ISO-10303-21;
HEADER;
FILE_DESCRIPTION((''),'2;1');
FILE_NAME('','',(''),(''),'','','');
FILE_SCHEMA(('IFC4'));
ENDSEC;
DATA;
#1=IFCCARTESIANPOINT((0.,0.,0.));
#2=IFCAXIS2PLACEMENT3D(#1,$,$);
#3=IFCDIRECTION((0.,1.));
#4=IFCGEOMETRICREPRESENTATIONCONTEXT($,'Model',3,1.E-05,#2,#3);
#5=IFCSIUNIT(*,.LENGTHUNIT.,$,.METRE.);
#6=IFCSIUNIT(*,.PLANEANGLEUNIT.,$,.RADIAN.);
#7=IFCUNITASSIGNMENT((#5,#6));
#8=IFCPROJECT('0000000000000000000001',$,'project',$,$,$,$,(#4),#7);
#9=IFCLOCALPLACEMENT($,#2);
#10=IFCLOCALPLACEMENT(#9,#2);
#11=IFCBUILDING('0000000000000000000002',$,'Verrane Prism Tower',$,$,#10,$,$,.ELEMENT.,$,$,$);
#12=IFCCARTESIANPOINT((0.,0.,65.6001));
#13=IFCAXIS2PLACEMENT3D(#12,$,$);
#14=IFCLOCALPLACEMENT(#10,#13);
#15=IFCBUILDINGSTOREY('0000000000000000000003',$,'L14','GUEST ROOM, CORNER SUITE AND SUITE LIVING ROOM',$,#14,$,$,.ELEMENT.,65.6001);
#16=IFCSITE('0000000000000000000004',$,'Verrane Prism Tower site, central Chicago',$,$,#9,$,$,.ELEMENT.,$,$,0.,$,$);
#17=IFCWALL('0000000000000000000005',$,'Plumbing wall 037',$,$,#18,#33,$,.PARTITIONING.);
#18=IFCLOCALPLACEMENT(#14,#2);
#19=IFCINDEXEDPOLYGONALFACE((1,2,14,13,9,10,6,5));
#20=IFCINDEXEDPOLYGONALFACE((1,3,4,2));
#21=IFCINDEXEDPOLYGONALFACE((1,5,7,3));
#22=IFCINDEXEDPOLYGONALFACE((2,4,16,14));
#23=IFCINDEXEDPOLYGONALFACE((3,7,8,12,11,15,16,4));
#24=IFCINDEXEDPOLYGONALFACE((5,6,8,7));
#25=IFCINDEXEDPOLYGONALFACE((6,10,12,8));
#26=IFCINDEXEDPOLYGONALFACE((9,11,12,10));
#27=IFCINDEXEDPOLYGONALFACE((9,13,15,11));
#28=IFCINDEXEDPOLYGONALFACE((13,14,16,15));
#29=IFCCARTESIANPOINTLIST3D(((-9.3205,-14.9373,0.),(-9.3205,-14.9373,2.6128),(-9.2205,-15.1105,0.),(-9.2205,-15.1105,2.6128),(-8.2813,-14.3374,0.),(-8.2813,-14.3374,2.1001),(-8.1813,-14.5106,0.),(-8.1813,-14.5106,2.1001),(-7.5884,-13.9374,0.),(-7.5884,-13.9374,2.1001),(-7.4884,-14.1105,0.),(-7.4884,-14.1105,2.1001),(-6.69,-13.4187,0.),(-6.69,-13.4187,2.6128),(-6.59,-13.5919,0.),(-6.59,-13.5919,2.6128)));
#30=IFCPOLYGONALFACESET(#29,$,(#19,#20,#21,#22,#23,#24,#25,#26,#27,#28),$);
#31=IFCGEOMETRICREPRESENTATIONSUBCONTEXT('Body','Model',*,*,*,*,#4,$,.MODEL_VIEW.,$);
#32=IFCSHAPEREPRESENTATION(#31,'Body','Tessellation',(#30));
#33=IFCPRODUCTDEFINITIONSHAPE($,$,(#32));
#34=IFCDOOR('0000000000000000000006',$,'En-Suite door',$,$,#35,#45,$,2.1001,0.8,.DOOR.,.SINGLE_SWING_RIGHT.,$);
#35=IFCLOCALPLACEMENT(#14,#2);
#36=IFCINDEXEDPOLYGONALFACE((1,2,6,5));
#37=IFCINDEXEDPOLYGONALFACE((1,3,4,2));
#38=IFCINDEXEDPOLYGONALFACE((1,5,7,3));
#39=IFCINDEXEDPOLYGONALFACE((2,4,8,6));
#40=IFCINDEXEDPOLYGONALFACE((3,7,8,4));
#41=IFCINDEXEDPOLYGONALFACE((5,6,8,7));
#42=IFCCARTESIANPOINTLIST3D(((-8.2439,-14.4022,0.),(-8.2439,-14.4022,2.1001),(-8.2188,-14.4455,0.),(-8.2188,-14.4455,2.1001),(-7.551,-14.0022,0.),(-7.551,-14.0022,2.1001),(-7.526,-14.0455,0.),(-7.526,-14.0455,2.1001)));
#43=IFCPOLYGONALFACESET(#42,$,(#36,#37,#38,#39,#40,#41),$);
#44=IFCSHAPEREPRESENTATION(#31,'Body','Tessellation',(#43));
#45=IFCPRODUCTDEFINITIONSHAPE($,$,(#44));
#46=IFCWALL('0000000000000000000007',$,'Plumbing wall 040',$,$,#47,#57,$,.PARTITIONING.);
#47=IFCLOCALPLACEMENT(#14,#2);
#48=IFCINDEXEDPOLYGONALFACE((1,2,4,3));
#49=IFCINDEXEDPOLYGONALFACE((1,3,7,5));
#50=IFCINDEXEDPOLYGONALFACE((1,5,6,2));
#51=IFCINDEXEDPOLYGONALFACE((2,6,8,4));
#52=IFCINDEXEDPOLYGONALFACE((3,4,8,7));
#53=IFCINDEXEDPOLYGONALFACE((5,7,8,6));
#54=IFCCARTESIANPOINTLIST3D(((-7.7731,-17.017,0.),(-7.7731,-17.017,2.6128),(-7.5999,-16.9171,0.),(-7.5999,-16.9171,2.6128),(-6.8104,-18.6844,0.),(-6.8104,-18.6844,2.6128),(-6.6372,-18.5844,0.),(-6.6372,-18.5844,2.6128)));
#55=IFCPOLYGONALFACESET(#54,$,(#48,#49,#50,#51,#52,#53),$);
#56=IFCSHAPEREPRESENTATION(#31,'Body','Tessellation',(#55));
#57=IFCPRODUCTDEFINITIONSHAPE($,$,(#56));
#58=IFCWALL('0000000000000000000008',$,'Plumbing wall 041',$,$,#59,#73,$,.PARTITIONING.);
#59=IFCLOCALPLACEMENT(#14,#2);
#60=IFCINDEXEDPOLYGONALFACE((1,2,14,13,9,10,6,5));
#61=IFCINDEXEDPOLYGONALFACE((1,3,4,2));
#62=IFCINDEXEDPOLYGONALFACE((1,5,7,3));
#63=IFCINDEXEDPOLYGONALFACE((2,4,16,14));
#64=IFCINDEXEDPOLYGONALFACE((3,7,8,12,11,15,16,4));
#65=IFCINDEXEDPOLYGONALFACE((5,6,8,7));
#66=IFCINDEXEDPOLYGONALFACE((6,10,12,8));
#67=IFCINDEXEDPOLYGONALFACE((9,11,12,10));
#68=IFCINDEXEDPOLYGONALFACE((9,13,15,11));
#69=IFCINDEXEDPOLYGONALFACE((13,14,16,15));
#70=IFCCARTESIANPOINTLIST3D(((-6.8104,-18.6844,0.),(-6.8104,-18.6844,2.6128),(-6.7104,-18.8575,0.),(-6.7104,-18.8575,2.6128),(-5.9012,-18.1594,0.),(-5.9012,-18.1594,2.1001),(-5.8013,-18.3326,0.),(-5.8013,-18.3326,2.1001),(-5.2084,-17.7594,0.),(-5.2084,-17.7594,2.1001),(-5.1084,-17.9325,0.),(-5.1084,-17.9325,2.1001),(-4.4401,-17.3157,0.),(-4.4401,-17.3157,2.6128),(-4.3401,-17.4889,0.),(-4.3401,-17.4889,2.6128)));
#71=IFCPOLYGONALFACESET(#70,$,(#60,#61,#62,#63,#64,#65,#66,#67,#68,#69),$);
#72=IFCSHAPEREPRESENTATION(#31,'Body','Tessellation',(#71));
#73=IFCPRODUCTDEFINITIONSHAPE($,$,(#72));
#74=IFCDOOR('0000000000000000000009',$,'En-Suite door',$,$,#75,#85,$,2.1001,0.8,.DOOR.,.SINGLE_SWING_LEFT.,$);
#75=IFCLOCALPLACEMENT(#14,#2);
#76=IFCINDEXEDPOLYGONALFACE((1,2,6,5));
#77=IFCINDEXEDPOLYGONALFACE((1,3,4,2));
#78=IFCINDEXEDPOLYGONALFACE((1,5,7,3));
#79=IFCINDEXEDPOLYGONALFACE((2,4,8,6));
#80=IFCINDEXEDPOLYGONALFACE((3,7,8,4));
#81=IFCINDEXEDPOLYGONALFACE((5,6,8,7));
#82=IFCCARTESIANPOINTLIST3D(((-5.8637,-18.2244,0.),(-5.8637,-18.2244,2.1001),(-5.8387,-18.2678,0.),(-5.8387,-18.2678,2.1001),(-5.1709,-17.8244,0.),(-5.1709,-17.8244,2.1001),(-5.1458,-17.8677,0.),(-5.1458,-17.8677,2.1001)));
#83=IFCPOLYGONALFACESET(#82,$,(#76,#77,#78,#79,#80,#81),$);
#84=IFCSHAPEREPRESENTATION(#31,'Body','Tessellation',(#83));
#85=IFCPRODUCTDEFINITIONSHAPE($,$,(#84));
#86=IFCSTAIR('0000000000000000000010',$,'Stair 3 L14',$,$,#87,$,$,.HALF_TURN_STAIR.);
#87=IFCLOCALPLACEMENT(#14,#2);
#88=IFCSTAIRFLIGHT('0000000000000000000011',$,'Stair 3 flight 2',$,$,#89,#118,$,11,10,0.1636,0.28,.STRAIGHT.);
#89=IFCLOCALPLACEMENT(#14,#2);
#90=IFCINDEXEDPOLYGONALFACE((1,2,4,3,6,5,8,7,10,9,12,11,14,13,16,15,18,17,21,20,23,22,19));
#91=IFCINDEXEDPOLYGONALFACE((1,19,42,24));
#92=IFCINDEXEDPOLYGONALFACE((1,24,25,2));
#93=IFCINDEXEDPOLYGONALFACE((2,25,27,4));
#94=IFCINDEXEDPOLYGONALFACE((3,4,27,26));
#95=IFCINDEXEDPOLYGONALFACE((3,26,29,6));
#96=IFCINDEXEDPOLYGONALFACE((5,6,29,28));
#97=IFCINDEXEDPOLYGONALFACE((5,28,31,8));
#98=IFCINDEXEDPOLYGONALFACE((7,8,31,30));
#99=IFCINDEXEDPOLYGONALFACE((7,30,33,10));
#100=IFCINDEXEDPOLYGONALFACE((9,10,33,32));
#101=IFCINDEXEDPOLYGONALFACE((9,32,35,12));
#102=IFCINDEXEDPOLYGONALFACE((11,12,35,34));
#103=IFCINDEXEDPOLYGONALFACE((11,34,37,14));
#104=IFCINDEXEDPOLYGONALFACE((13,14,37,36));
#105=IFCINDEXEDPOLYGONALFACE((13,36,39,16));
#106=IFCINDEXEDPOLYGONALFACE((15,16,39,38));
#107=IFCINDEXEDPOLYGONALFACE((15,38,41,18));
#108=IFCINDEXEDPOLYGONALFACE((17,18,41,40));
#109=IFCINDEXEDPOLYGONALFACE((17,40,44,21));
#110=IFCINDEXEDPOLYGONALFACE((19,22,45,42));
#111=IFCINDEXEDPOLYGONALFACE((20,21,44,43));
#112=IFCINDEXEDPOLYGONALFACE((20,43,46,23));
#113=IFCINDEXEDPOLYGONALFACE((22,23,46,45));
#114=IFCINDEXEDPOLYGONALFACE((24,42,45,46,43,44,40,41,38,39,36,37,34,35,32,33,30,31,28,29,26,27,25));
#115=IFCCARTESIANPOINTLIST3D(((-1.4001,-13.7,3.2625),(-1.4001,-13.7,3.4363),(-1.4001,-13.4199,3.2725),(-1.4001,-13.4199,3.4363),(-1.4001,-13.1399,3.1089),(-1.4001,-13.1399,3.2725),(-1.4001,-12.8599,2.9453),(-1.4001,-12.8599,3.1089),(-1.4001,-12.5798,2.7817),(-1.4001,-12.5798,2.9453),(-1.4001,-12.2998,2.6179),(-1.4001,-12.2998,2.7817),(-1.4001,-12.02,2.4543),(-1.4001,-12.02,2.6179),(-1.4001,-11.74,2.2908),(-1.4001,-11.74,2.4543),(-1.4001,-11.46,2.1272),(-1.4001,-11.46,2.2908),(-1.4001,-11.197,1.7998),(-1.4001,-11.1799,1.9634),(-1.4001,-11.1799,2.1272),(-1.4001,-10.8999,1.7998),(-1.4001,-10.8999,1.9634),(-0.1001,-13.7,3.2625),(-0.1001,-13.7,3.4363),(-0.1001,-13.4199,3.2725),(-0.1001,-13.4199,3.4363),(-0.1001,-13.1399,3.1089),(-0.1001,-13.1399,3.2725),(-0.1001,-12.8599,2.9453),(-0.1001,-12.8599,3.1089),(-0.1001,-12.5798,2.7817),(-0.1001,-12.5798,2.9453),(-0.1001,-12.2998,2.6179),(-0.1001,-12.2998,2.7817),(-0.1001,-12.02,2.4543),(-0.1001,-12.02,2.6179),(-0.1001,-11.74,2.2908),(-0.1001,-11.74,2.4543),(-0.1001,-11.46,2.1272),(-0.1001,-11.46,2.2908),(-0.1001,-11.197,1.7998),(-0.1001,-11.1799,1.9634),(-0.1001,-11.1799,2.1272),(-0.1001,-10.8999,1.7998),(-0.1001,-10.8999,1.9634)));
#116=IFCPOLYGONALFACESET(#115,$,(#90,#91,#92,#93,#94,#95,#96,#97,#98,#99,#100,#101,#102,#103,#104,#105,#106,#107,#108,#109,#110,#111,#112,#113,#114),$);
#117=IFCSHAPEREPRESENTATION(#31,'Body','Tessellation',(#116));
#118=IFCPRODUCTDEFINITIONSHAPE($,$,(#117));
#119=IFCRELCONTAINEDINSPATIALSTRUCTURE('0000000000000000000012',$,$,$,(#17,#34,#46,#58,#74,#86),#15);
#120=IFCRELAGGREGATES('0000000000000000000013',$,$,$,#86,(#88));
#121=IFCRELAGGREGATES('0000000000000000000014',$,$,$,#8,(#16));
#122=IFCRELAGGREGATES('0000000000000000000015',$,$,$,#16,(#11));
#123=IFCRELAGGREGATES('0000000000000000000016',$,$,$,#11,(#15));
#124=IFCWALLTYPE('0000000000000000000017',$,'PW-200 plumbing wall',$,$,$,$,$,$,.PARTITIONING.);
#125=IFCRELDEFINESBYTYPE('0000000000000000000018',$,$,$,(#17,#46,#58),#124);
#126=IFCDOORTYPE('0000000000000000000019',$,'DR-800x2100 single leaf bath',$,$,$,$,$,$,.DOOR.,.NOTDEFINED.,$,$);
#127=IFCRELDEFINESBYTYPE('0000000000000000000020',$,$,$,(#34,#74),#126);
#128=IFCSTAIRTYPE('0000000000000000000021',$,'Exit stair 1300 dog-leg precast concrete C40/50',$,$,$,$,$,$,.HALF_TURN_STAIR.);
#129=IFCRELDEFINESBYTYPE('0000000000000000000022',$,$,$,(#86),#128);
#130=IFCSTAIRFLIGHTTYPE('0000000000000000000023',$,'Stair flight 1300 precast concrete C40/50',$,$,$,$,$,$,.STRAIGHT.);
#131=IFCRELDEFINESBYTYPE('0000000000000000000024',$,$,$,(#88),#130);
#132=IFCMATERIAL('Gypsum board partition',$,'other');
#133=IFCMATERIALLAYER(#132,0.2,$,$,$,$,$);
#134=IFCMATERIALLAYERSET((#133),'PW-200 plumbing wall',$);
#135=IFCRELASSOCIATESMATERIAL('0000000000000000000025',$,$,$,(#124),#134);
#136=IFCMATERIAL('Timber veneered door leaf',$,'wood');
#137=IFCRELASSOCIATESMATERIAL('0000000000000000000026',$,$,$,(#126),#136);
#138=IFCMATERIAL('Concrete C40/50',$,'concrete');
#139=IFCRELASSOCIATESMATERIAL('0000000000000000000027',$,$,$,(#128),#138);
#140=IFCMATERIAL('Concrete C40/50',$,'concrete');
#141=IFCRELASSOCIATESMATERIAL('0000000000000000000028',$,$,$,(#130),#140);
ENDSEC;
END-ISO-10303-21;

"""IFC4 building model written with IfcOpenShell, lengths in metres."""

from ifc_helpers import new_model, si_unit, direction, frame, frame_2d, origin, place, context, subcontext, project, spatial, polyline, rectangle, outline, extrude, material, layer, layer_set, type_object, element, fill, aggregate, save


model = new_model("IFC4")

# Units and contexts
model_context = context("Model", 3, precision=1e-05, world=origin(), true_north=direction((0.0, 1.0)))
body_context = subcontext(model_context, "Body", "Model", "MODEL_VIEW")
ifc_project = project(units=[si_unit("LENGTHUNIT", "METRE"), si_unit("PLANEANGLEUNIT", "RADIAN")], contexts=[model_context])

# Site, building, storey
site_placement = place(None, origin())
site = spatial("IfcSite", under=ifc_project, at=site_placement, Name="Verrane Prism Tower site, central Chicago", CompositionType="ELEMENT", RefElevation=0.0)
building_placement = place(site_placement, origin())
building = spatial("IfcBuilding", under=site, at=building_placement, Name="Verrane Prism Tower", CompositionType="ELEMENT")
storey_placement = place(building_placement, frame((0.0, 0.0, 65.6001)))
storey = spatial("IfcBuildingStorey", under=building, at=storey_placement, Name="L14", Description="GUEST ROOM, CORNER SUITE AND SUITE LIVING ROOM", CompositionType="ELEMENT", Elevation=65.6001)

# Shared definitions
ifc_material_1 = material(Name="Gypsum board partition", Category="other")
ifc_layer_1 = layer(ifc_material_1, 0.2)
ifc_layer_set_1 = layer_set([ifc_layer_1], Name="PW-200 plumbing wall")
wall_type_1 = type_object("IfcWallType", Name="PW-200 plumbing wall", PredefinedType="PARTITIONING", material=ifc_layer_set_1)

# Wall, opening, door
wall_1_placement = place(storey_placement, frame((-6.6401, -13.5054, 0.0), z_axis=(0.0, 0.0, 1.0), x_axis=(-0.866038, -0.499978, 0.0)))
wall_1 = element("IfcWall", 1, at=wall_1_placement, inside=storey, type_object=wall_type_1, Name="Plumbing wall 037", PredefinedType="PARTITIONING", context=body_context, shape_type="SweptSolid", body=[
    extrude(rectangle(XDim=3.0374, YDim=0.2, at=frame_2d((1.5186, 0.0))), origin(), (0.0, 0.0, 1.0), 2.6128),
])
opening_1_placement = place(wall_1_placement, frame((1.0374, 0.0, 0.0)))
opening_1 = element("IfcOpeningElement", 2, at=opening_1_placement, cuts=wall_1, PredefinedType="OPENING", context=body_context, shape_type="SweptSolid", body=[
    extrude(rectangle(XDim=0.8, YDim=2.1001, at=frame_2d((0.3999, 1.05))), frame((0.0, 0.1099, 0.0), z_axis=(0.0, -1.0, 0.0), x_axis=(1.0, 0.0, 0.0)), (0.0, 0.0, 1.0), 0.22),
])
ifc_material_2 = material(Name="Timber veneered door leaf", Category="wood")
door_type_1 = type_object("IfcDoorType", Name="DR-800x2100 single leaf bath", OperationType="NOTDEFINED", PredefinedType="DOOR", material=ifc_material_2)
door_1_placement = place(opening_1_placement, origin())
door_1 = element("IfcDoor", 3, at=door_1_placement, inside=storey, type_object=door_type_1, Name="En-Suite door", OperationType="SINGLE_SWING_RIGHT", OverallHeight=2.1001, OverallWidth=0.8, PredefinedType="DOOR", context=body_context, shape_type="SweptSolid", body=[
    extrude(rectangle(XDim=0.8, YDim=2.1001, at=frame_2d((0.3999, 1.05))), frame((0.0, 0.0249, 0.0), z_axis=(0.0, -1.0, 0.0), x_axis=(1.0, 0.0, 0.0)), (0.0, 0.0, 1.0), 0.05),
])
fill(opening_1, door_1)

# Wall
wall_2_placement = place(storey_placement, frame((-7.6865, -16.967, 0.0), z_axis=(0.0, 0.0, 1.0), x_axis=(0.500026, -0.86601, 0.0)))
element("IfcWall", 4, at=wall_2_placement, inside=storey, type_object=wall_type_1, Name="Plumbing wall 040", PredefinedType="PARTITIONING", context=body_context, shape_type="SweptSolid", body=[
    extrude(rectangle(XDim=1.9253, YDim=0.2, at=frame_2d((0.9626, 0.0))), origin(), (0.0, 0.0, 1.0), 2.6128),
])

# Wall, opening, door
wall_3_placement = place(storey_placement, frame((-6.7605, -18.771, 0.0), z_axis=(0.0, 0.0, 1.0), x_axis=(0.866006, 0.500034, 0.0)))
wall_3 = element("IfcWall", 5, at=wall_3_placement, inside=storey, type_object=wall_type_1, Name="Plumbing wall 041", PredefinedType="PARTITIONING", context=body_context, shape_type="SweptSolid", body=[
    extrude(rectangle(XDim=2.7371, YDim=0.2, at=frame_2d((1.3687, 0.0))), origin(), (0.0, 0.0, 1.0), 2.6128),
])
opening_2_placement = place(wall_3_placement, frame((1.05, 0.0, 0.0)))
opening_2 = element("IfcOpeningElement", 6, at=opening_2_placement, cuts=wall_3, PredefinedType="OPENING", context=body_context, shape_type="SweptSolid", body=[
    extrude(rectangle(XDim=0.8, YDim=2.1001, at=frame_2d((0.3999, 1.05))), frame((0.0, 0.1099, 0.0), z_axis=(0.0, -1.0, 0.0), x_axis=(1.0, 0.0, 0.0)), (0.0, 0.0, 1.0), 0.22),
])
door_2_placement = place(opening_2_placement, origin())
door_2 = element("IfcDoor", 7, at=door_2_placement, inside=storey, type_object=door_type_1, Name="En-Suite door", OperationType="SINGLE_SWING_LEFT", OverallHeight=2.1001, OverallWidth=0.8, PredefinedType="DOOR", context=body_context, shape_type="SweptSolid", body=[
    extrude(rectangle(XDim=0.8, YDim=2.1001, at=frame_2d((0.3999, 1.05))), frame((0.0, 0.0249, 0.0), z_axis=(0.0, -1.0, 0.0), x_axis=(1.0, 0.0, 0.0)), (0.0, 0.0, 1.0), 0.05),
])
fill(opening_2, door_2)

# Stair, stair flight
ifc_material_3 = material(Name="Concrete C40/50", Category="concrete")
stair_type = type_object("IfcStairType", Name="Exit stair 1300 dog-leg precast concrete C40/50", PredefinedType="HALF_TURN_STAIR", material=ifc_material_3)
stair_placement = place(storey_placement, origin())
stair = element("IfcStair", 8, at=stair_placement, inside=storey, type_object=stair_type, Name="Stair 3 L14", PredefinedType="HALF_TURN_STAIR")
ifc_material_4 = material(Name="Concrete C40/50", Category="concrete")
stair_flight_type = type_object("IfcStairFlightType", Name="Stair flight 1300 precast concrete C40/50", PredefinedType="STRAIGHT", material=ifc_material_4)
stair_flight_placement = place(storey_placement, frame((-0.75, -10.8999, 1.7998), z_axis=(0.0, 0.0, 1.0), x_axis=(0.0, -1.0, 0.0)))
stair_flight = element("IfcStairFlight", 9, at=stair_flight_placement, type_object=stair_flight_type, Name="Stair 3 flight 2", NumberOfRisers=11, NumberOfTreads=10, PredefinedType="STRAIGHT", RiserHeight=0.1636, TreadLength=0.28, context=body_context, shape_type="SweptSolid", body=[
    extrude(outline(polyline([(0.0, 0.0), (0.0, 0.1636), (0.28, 0.1636), (0.28, 0.3274), (0.5601, 0.3274), (0.5601, 0.491), (0.8401, 0.491), (0.8401, 0.6545), (1.1201, 0.6545), (1.1201, 0.8181), (1.3999, 0.8181), (1.3999, 0.9819), (1.6799, 0.9819), (1.6799, 1.1455), (1.96, 1.1455), (1.96, 1.3091), (2.24, 1.3091), (2.24, 1.4727), (2.52, 1.4727), (2.52, 1.6365), (2.8, 1.6365), (2.8, 1.8), (2.8, 1.4626), (0.2971, 0.0), (0.0, 0.0)])), frame((0.0, 0.6499, 0.0), z_axis=(0.0, -1.0, 0.0), x_axis=(1.0, 0.0, 0.0)), (0.0, 0.0, 1.0), 1.3),
])
aggregate(stair, [stair_flight])

save(model, "model.ifc")
